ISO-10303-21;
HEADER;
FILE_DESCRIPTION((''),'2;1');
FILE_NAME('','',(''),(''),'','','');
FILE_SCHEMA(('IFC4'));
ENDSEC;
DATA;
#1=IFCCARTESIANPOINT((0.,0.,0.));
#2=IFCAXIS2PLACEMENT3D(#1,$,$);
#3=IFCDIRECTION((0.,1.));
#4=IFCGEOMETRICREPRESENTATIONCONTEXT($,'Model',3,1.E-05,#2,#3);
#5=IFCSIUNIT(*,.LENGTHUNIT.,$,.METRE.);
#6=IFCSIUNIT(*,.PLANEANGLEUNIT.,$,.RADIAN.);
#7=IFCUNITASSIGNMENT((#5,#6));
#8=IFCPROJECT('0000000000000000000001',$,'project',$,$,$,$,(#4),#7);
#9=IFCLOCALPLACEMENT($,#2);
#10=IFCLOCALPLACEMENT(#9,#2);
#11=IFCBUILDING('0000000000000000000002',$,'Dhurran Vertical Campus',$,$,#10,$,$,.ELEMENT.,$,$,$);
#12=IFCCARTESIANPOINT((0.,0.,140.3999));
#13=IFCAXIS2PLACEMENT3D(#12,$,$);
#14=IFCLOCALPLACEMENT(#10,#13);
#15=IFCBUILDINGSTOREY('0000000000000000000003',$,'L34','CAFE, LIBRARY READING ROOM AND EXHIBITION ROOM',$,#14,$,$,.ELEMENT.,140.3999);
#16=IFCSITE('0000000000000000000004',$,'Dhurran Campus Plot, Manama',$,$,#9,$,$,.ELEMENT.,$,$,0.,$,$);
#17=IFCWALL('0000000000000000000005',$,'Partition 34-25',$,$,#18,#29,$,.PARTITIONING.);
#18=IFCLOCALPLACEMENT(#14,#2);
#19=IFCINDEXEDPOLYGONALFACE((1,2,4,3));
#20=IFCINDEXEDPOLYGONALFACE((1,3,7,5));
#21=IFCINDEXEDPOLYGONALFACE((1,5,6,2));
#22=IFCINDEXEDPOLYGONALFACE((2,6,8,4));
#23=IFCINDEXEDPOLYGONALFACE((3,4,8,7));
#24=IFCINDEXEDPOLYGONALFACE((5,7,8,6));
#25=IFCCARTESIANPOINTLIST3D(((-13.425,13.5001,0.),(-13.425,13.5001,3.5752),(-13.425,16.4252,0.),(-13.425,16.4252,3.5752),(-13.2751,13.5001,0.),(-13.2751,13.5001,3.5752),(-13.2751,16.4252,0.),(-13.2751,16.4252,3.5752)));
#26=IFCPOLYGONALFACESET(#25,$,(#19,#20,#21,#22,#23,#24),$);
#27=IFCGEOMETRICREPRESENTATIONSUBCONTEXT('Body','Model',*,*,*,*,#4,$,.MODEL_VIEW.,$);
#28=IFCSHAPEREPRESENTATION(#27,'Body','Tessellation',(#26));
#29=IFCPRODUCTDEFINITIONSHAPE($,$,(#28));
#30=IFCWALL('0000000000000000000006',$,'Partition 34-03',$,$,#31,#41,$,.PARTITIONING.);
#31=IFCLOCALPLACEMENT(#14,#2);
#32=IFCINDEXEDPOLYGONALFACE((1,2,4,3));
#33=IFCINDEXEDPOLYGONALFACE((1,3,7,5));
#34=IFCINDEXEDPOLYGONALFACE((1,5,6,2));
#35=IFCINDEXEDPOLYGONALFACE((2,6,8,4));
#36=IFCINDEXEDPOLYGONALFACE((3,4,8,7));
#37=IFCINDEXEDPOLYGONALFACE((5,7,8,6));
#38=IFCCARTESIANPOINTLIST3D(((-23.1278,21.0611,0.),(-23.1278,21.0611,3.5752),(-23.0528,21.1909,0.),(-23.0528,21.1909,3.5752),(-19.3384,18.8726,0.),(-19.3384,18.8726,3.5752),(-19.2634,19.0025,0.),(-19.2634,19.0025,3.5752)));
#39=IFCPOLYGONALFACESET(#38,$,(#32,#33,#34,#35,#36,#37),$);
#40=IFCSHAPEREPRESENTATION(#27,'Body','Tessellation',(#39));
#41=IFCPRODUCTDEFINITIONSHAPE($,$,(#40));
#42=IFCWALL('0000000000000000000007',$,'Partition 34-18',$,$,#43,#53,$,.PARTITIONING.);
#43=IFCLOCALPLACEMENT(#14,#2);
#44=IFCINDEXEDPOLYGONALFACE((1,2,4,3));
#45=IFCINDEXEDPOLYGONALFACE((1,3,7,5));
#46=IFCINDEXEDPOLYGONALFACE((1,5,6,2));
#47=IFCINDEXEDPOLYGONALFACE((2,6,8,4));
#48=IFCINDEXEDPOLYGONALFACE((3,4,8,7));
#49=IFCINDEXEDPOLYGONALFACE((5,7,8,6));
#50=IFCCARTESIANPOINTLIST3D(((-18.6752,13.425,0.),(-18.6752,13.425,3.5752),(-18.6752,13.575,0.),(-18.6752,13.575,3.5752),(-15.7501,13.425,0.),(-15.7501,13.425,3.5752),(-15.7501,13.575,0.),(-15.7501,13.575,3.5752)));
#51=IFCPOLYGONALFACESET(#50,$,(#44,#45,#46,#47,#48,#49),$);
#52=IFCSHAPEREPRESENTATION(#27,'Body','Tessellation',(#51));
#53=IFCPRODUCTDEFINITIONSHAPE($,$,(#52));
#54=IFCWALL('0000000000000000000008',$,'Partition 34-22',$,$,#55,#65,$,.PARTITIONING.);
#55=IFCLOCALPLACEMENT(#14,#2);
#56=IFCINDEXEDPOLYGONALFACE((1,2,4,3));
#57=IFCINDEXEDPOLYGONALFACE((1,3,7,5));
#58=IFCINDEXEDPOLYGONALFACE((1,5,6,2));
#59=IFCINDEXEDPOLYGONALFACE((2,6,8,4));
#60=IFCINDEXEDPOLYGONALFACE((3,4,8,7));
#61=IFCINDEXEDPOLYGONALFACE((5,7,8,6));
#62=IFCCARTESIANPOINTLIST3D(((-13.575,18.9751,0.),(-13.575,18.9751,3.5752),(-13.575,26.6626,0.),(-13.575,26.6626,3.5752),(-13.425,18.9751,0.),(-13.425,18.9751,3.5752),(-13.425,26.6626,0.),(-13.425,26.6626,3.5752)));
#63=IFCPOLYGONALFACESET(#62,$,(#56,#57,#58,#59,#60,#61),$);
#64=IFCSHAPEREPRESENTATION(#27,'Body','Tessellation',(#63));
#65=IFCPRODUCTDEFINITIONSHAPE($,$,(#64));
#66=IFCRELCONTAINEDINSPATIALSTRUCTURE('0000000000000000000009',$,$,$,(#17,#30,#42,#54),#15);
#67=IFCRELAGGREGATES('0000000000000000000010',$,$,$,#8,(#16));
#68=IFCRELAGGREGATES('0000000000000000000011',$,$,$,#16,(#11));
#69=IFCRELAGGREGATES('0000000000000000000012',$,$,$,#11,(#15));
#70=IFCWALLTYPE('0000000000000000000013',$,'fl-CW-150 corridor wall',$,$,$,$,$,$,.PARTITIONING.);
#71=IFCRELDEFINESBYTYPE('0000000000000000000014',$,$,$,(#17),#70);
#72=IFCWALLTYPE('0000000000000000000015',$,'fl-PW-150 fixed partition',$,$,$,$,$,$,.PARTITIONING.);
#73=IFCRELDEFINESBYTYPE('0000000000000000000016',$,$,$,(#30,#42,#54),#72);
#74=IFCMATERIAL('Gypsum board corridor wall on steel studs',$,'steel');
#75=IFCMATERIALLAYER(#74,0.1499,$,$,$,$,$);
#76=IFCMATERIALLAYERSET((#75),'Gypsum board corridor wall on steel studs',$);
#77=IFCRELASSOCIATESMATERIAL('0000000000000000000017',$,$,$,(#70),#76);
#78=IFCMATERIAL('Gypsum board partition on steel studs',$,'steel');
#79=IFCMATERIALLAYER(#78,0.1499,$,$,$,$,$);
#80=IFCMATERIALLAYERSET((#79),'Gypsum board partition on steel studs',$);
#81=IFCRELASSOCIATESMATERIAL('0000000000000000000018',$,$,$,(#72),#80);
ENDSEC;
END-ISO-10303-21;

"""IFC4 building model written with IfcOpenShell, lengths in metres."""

from ifc_helpers import new_model, si_unit, direction, frame, frame_2d, origin, place, context, subcontext, project, spatial, rectangle, extrude, material, layer, layer_set, type_object, element, save


model = new_model("IFC4")

# Units and contexts
model_context = context("Model", 3, precision=1e-05, world=origin(), true_north=direction((0.0, 1.0)))
body_context = subcontext(model_context, "Body", "Model", "MODEL_VIEW")
ifc_project = project(units=[si_unit("LENGTHUNIT", "METRE"), si_unit("PLANEANGLEUNIT", "RADIAN")], contexts=[model_context])

# Site, building, storey
site_placement = place(None, origin())
site = spatial("IfcSite", under=ifc_project, at=site_placement, Name="Dhurran Campus Plot, Manama", CompositionType="ELEMENT", RefElevation=0.0)
building_placement = place(site_placement, origin())
building = spatial("IfcBuilding", under=site, at=building_placement, Name="Dhurran Vertical Campus", CompositionType="ELEMENT")
storey_placement = place(building_placement, frame((0.0, 0.0, 140.3999)))
storey = spatial("IfcBuildingStorey", under=building, at=storey_placement, Name="L34", Description="CAFE, LIBRARY READING ROOM AND EXHIBITION ROOM", CompositionType="ELEMENT", Elevation=140.3999)

# Shared definitions
ifc_material_1 = material(Name="Gypsum board corridor wall on steel studs", Category="steel")
ifc_layer_1 = layer(ifc_material_1, 0.1499)
ifc_layer_set_1 = layer_set([ifc_layer_1], Name="Gypsum board corridor wall on steel studs")
wall_type_1 = type_object("IfcWallType", Name="fl-CW-150 corridor wall", PredefinedType="PARTITIONING", material=ifc_layer_set_1)

# Walls
wall_1_placement = place(storey_placement, frame((-13.3501, 16.425, 0.0), z_axis=(0.0, 0.0, 1.0), x_axis=(0.0, -1.0, 0.0)))
element("IfcWall", 1, at=wall_1_placement, inside=storey, type_object=wall_type_1, Name="Partition 34-25", PredefinedType="PARTITIONING", context=body_context, shape_type="SweptSolid", body=[
    extrude(rectangle(XDim=2.925, YDim=0.1499, at=frame_2d((1.4624, 0.0))), origin(), (0.0, 0.0, 1.0), 3.5752),
])
ifc_material_2 = material(Name="Gypsum board partition on steel studs", Category="steel")
ifc_layer_2 = layer(ifc_material_2, 0.1499)
ifc_layer_set_2 = layer_set([ifc_layer_2], Name="Gypsum board partition on steel studs")
wall_type_2 = type_object("IfcWallType", Name="fl-PW-150 fixed partition", PredefinedType="PARTITIONING", material=ifc_layer_set_2)
wall_2_placement = place(storey_placement, frame((-23.0903, 21.126, 0.0), z_axis=(0.0, 0.0, 1.0), x_axis=(0.865968, -0.500099, 0.0)))
element("IfcWall", 2, at=wall_2_placement, inside=storey, type_object=wall_type_2, Name="Partition 34-03", PredefinedType="PARTITIONING", context=body_context, shape_type="SweptSolid", body=[
    extrude(rectangle(XDim=4.376, YDim=0.1499, at=frame_2d((2.188, 0.0))), origin(), (0.0, 0.0, 1.0), 3.5752),
])
wall_3_placement = place(storey_placement, frame((-18.675, 13.5, 0.0), z_axis=(0.0, 0.0, 1.0), x_axis=(1.0, 0.0, 0.0)))
element("IfcWall", 3, at=wall_3_placement, inside=storey, type_object=wall_type_2, Name="Partition 34-18", PredefinedType="PARTITIONING", context=body_context, shape_type="SweptSolid", body=[
    extrude(rectangle(XDim=2.925, YDim=0.1499, at=frame_2d((1.4624, 0.0))), origin(), (0.0, 0.0, 1.0), 3.5752),
])
wall_4_placement = place(storey_placement, frame((-13.5, 26.6626, 0.0), z_axis=(0.0, 0.0, 1.0), x_axis=(0.0, -1.0, 0.0)))
element("IfcWall", 4, at=wall_4_placement, inside=storey, type_object=wall_type_2, Name="Partition 34-22", PredefinedType="PARTITIONING", context=body_context, shape_type="SweptSolid", body=[
    extrude(rectangle(XDim=7.6875, YDim=0.1499, at=frame_2d((3.8438, 0.0))), origin(), (0.0, 0.0, 1.0), 3.5752),
])

save(model, "model.ifc")
